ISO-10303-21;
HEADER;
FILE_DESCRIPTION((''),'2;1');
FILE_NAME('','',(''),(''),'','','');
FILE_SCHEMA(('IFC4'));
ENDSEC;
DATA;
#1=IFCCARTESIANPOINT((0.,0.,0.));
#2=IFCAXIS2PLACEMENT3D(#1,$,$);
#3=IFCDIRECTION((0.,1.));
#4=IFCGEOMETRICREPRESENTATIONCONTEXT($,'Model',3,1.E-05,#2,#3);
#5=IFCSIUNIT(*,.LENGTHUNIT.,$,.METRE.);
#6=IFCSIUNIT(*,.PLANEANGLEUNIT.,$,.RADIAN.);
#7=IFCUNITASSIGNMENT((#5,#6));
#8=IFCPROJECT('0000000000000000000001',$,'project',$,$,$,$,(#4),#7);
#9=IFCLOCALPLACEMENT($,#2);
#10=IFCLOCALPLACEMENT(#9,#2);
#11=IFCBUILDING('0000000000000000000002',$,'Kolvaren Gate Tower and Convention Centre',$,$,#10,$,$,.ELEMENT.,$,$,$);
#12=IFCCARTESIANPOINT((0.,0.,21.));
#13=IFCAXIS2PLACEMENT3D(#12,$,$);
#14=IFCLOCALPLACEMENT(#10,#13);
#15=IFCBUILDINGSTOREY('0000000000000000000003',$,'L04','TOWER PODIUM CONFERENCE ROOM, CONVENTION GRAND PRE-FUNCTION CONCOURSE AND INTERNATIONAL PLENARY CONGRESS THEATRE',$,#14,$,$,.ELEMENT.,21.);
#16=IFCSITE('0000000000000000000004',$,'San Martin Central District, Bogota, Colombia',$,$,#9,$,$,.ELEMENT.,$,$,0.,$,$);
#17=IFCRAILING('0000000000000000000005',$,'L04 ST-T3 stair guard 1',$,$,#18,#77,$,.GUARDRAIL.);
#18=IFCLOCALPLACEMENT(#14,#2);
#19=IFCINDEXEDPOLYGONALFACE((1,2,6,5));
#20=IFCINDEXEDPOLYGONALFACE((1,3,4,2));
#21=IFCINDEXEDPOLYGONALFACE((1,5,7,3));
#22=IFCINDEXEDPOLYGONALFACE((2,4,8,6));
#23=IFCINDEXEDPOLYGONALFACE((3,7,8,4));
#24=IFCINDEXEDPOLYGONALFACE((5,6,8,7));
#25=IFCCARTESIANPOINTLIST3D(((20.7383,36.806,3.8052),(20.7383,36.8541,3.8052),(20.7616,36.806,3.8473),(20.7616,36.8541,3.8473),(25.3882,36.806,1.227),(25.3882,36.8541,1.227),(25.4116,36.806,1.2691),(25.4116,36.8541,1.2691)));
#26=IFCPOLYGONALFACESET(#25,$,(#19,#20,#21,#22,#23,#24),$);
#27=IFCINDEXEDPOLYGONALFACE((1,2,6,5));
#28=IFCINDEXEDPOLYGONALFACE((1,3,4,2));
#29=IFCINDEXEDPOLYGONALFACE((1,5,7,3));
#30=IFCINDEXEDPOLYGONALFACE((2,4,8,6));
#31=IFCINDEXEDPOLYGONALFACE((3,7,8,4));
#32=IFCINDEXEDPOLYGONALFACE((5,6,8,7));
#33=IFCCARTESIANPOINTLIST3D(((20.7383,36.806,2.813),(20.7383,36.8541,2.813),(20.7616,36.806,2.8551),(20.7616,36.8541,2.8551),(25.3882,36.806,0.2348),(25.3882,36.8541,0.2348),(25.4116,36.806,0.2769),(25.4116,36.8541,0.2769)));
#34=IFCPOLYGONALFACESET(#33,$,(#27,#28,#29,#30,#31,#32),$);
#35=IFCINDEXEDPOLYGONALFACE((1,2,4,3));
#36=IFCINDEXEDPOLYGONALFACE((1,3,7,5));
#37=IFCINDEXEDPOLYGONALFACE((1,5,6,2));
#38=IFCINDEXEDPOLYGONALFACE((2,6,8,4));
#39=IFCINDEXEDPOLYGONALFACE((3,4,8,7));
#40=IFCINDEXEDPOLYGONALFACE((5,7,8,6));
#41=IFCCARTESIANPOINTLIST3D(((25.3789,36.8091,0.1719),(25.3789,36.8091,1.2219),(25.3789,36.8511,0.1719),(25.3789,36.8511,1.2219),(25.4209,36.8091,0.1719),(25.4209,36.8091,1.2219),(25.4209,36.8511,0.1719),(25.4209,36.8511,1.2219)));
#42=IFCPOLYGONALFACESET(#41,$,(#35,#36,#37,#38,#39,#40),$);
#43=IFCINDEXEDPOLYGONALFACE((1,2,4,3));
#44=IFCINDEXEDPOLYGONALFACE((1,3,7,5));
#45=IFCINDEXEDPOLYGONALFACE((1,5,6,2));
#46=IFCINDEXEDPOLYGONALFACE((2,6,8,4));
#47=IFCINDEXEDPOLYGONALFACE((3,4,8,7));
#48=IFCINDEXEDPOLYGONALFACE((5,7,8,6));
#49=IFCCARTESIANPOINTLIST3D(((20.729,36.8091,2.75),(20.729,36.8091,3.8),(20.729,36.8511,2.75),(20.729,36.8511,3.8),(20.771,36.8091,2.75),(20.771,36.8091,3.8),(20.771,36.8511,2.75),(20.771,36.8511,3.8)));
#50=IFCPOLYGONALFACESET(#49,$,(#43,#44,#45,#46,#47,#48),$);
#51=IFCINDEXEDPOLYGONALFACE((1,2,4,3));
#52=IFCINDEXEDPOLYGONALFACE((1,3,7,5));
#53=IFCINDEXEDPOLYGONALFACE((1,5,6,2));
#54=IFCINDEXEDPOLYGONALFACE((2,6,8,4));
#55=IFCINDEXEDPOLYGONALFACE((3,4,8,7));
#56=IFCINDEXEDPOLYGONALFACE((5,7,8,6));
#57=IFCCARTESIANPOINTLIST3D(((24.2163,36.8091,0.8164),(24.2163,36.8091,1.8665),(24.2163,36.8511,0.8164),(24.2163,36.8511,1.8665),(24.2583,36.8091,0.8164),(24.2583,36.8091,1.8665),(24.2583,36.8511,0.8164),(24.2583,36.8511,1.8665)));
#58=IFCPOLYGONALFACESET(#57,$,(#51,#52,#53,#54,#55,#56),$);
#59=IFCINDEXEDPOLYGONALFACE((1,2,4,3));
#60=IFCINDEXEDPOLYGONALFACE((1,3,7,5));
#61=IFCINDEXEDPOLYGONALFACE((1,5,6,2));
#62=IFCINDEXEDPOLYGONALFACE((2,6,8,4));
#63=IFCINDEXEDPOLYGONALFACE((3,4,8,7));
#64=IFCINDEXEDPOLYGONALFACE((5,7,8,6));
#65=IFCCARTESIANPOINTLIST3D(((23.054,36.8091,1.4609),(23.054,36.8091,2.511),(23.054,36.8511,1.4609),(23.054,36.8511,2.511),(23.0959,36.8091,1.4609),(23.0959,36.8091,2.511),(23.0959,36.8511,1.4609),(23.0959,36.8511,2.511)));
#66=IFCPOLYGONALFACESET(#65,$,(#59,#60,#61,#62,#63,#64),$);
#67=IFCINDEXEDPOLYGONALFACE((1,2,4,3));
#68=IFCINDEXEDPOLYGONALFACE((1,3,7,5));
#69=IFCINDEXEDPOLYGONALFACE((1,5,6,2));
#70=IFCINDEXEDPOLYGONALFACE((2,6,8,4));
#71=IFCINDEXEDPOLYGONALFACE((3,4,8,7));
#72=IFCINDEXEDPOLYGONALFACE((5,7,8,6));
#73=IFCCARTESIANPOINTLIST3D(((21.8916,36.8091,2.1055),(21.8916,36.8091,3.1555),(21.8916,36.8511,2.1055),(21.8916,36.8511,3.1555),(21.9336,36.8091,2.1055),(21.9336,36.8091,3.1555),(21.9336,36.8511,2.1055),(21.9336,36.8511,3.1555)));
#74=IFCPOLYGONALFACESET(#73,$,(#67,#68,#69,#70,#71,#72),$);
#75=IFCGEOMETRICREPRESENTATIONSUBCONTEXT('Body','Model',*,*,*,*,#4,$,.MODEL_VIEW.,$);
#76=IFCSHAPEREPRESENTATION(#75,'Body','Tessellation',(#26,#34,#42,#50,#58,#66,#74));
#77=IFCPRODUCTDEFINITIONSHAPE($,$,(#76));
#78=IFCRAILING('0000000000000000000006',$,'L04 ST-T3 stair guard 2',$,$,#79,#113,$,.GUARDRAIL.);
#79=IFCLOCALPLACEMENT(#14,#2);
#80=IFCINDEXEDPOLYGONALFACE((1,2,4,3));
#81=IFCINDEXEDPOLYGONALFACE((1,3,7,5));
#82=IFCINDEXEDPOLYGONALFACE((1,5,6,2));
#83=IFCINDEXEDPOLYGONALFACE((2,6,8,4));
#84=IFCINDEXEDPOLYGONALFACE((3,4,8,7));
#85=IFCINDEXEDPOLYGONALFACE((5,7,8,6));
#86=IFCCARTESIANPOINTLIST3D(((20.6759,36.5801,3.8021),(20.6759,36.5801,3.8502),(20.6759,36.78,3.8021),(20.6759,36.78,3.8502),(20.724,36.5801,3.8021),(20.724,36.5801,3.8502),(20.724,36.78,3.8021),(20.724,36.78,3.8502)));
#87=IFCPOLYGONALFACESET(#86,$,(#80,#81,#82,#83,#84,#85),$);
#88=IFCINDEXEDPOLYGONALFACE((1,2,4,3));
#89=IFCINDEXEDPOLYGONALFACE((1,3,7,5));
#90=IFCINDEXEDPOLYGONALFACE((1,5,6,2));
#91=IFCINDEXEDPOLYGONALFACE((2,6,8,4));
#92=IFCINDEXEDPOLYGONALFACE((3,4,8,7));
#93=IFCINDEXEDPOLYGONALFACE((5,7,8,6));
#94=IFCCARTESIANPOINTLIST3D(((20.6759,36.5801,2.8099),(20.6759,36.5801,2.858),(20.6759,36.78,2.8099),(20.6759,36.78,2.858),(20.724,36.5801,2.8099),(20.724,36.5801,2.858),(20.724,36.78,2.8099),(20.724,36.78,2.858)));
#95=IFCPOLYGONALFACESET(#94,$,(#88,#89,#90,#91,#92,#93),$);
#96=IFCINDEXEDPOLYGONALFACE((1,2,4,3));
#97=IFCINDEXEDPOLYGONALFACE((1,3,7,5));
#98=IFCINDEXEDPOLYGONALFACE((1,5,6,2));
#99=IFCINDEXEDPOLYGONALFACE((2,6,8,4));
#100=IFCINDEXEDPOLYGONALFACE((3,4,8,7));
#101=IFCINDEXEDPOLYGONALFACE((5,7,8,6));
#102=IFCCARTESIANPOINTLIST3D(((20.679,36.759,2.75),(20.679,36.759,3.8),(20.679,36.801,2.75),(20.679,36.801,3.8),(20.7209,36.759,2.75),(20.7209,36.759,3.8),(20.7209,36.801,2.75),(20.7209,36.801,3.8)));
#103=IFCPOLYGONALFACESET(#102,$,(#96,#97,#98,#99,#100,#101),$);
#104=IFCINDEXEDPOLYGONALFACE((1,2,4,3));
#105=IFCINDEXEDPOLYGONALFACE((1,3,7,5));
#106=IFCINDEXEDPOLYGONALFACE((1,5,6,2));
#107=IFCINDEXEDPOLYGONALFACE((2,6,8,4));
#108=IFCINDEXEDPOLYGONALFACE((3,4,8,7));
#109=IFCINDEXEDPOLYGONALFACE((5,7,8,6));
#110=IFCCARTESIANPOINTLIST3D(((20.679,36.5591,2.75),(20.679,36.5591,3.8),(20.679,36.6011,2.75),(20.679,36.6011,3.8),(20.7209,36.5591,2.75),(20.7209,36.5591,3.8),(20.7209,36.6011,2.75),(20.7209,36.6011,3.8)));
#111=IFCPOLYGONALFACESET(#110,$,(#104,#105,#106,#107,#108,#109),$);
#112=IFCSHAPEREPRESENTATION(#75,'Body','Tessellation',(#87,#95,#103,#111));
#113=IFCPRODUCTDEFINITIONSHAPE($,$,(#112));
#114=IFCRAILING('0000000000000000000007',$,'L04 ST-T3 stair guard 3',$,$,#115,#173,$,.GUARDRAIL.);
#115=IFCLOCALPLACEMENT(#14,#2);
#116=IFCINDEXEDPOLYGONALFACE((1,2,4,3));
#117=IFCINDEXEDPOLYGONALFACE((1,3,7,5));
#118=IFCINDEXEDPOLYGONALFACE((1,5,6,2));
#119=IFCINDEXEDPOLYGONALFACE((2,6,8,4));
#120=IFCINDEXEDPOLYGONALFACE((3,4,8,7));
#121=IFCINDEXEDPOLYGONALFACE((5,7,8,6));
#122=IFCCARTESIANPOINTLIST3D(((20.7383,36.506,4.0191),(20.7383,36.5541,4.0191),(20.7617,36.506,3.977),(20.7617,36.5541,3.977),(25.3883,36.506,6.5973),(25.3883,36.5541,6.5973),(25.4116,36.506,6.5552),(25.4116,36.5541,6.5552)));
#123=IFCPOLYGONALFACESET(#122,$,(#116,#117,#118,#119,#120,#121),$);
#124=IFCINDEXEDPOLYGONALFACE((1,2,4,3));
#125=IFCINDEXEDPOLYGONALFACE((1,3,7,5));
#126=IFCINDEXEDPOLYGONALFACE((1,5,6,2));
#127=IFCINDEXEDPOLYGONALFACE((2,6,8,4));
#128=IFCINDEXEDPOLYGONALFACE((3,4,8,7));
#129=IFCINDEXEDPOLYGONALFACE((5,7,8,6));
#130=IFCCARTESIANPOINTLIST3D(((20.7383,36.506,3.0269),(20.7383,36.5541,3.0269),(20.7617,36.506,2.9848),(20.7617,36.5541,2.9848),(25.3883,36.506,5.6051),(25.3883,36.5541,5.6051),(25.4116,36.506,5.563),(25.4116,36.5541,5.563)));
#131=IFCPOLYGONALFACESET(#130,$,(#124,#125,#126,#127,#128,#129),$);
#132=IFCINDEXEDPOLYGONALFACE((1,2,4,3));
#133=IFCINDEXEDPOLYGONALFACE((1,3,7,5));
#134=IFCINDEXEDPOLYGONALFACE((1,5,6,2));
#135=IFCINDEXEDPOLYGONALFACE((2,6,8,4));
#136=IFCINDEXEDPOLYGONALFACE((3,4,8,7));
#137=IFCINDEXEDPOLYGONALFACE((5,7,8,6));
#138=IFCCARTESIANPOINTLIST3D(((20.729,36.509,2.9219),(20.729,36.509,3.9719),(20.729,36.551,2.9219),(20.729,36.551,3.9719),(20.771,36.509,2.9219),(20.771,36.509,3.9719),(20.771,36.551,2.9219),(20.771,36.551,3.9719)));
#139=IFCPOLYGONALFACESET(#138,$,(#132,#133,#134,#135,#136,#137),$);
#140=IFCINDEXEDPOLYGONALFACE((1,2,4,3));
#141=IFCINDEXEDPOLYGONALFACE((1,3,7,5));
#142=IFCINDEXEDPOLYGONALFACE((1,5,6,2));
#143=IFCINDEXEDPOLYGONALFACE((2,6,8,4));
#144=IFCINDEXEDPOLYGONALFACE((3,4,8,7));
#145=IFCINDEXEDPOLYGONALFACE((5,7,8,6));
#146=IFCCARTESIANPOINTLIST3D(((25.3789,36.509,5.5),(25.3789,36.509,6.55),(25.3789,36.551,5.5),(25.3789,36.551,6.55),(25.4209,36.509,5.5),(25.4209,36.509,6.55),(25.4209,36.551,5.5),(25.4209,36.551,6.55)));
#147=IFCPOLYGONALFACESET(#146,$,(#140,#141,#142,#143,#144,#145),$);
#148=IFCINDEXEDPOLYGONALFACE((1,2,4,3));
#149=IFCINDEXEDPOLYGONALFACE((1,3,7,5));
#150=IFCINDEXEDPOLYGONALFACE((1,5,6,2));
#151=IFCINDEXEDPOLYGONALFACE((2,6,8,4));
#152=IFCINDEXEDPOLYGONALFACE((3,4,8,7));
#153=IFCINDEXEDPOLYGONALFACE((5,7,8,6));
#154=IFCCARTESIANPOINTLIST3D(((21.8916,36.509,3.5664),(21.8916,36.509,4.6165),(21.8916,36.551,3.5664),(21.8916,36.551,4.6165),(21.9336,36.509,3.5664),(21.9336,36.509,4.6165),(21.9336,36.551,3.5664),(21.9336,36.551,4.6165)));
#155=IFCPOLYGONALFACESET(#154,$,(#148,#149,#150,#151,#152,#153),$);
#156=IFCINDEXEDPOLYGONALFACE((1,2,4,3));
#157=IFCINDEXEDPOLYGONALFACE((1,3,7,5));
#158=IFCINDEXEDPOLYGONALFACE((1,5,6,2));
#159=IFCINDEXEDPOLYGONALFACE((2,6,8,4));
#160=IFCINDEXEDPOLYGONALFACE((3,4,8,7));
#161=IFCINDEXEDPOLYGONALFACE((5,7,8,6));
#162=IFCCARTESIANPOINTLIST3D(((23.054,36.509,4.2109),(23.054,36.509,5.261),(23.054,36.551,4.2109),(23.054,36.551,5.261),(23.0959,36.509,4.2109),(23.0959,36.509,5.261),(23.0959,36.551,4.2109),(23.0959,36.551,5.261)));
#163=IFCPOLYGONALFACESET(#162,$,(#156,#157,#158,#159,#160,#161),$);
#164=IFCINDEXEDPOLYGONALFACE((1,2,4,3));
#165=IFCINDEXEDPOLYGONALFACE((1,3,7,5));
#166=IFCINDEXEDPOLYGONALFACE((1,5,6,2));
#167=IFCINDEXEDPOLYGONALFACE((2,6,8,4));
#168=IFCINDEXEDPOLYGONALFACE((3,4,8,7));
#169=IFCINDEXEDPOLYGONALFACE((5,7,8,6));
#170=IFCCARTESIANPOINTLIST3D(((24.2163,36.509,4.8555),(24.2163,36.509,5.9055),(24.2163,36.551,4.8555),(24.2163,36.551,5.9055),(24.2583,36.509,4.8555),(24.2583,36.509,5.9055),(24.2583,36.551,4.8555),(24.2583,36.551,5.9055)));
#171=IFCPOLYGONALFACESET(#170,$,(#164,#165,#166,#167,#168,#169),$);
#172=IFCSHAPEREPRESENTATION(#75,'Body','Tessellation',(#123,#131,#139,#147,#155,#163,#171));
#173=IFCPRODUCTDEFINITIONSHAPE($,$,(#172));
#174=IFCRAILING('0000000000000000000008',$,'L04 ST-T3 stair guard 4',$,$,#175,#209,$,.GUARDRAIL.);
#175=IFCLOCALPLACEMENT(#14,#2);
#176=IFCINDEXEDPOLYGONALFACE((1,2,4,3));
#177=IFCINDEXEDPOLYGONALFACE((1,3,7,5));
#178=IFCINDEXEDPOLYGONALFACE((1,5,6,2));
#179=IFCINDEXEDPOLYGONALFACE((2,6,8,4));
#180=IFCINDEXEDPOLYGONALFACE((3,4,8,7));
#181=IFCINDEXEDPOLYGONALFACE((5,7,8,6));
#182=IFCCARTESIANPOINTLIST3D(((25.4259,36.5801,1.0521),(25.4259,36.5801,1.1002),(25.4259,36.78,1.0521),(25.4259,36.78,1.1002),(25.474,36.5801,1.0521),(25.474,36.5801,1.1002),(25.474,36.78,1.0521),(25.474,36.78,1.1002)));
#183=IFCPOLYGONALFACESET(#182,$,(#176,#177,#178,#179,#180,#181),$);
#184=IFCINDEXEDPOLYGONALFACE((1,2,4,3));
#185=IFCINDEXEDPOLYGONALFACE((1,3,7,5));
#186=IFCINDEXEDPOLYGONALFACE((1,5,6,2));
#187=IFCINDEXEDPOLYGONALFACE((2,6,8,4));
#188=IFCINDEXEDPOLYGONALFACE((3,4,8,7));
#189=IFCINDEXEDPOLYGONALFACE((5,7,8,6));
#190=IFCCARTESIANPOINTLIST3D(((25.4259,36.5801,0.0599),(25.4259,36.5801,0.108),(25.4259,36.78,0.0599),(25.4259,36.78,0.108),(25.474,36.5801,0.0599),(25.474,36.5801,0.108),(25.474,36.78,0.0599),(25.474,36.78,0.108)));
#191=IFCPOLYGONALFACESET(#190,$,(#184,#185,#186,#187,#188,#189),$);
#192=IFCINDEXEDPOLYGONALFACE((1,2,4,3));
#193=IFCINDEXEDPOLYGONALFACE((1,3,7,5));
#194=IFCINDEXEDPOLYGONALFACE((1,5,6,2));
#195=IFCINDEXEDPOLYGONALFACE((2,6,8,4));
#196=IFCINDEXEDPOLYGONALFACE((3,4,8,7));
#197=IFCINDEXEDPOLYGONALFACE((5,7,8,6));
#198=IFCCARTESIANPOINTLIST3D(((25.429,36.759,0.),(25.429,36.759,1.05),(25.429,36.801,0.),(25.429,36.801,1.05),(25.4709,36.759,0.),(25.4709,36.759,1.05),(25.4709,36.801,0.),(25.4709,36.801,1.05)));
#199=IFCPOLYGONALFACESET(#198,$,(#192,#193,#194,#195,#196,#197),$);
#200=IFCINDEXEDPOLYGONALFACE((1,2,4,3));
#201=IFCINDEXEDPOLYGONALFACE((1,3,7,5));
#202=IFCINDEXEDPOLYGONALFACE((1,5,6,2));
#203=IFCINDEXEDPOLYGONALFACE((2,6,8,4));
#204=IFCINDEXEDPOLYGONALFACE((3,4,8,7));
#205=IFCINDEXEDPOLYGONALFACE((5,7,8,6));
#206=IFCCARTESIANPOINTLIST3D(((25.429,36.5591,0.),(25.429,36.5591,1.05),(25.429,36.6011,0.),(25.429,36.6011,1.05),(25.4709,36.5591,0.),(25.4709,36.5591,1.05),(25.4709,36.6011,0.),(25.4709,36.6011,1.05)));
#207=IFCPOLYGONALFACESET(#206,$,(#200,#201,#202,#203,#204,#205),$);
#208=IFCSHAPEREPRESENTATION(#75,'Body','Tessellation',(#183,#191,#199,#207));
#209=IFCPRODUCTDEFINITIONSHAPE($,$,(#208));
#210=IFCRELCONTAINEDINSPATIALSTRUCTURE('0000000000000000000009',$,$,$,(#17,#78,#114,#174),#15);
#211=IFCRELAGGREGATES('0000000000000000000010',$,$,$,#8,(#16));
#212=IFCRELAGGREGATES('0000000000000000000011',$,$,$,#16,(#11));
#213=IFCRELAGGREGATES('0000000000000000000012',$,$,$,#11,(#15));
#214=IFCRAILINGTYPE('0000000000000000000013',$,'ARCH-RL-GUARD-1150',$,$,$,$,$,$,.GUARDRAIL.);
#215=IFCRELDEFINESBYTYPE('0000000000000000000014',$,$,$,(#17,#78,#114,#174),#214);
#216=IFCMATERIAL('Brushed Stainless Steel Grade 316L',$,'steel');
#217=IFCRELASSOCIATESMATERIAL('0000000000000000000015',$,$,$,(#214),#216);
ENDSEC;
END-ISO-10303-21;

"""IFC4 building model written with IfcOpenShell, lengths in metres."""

from ifc_helpers import new_model, si_unit, direction, frame, origin, origin_2d, place, context, subcontext, project, spatial, rectangle, extrude, material, type_object, element, save


model = new_model("IFC4")

# Units and contexts
model_context = context("Model", 3, precision=1e-05, world=origin(), true_north=direction((0.0, 1.0)))
body_context = subcontext(model_context, "Body", "Model", "MODEL_VIEW")
ifc_project = project(units=[si_unit("LENGTHUNIT", "METRE"), si_unit("PLANEANGLEUNIT", "RADIAN")], contexts=[model_context])

# Site, building, storey
site_placement = place(None, origin())
site = spatial("IfcSite", under=ifc_project, at=site_placement, Name="San Martin Central District, Bogota, Colombia", CompositionType="ELEMENT", RefElevation=0.0)
building_placement = place(site_placement, origin())
building = spatial("IfcBuilding", under=site, at=building_placement, Name="Kolvaren Gate Tower and Convention Centre", CompositionType="ELEMENT")
storey_placement = place(building_placement, frame((0.0, 0.0, 21.0)))
storey = spatial("IfcBuildingStorey", under=building, at=storey_placement, Name="L04", Description="TOWER PODIUM CONFERENCE ROOM, CONVENTION GRAND PRE-FUNCTION CONCOURSE AND INTERNATIONAL PLENARY CONGRESS THEATRE", CompositionType="ELEMENT", Elevation=21.0)

# Railings
ifc_material_1 = material(Name="Brushed Stainless Steel Grade 316L", Category="steel")
railing_type_1 = type_object("IfcRailingType", Name="ARCH-RL-GUARD-1150", PredefinedType="GUARDRAIL", material=ifc_material_1)
railing_1_placement = place(storey_placement, frame((25.3999, 36.8301, 0.1719)))
element("IfcRailing", 1, at=railing_1_placement, inside=storey, type_object=railing_type_1, Name="L04 ST-T3 stair guard 1", PredefinedType="GUARDRAIL", context=body_context, shape_type="SweptSolid", body=[
    extrude(rectangle(XDim=0.0481, YDim=0.0481, at=origin_2d()), frame((0.0, 0.0, 1.0762), z_axis=(-0.874568, 0.0, 0.484902), x_axis=(0.0, -1.0, 0.0)), (0.0, 0.0, 1.0), 5.3169),
    extrude(rectangle(XDim=0.0481, YDim=0.0481, at=origin_2d()), frame((0.0, 0.0, 0.084), z_axis=(-0.874568, 0.0, 0.484902), x_axis=(0.0, -1.0, 0.0)), (0.0, 0.0, 1.0), 5.3169),
    extrude(rectangle(XDim=0.042, YDim=0.042, at=origin_2d()), origin(), (0.0, 0.0, 1.0), 1.05),
    extrude(rectangle(XDim=0.042, YDim=0.042, at=origin_2d()), frame((-4.6499, 0.0, 2.5781)), (0.0, 0.0, 1.0), 1.05),
    extrude(rectangle(XDim=0.042, YDim=0.042, at=origin_2d()), frame((-1.1626, 0.0, 0.6445)), (0.0, 0.0, 1.0), 1.05),
    extrude(rectangle(XDim=0.042, YDim=0.042, at=origin_2d()), frame((-2.325, 0.0, 1.2891)), (0.0, 0.0, 1.0), 1.05),
    extrude(rectangle(XDim=0.042, YDim=0.042, at=origin_2d()), frame((-3.4873, 0.0, 1.9336)), (0.0, 0.0, 1.0), 1.05),
])
railing_2_placement = place(storey_placement, frame((20.7, 36.78, 2.75)))
element("IfcRailing", 2, at=railing_2_placement, inside=storey, type_object=railing_type_1, Name="L04 ST-T3 stair guard 2", PredefinedType="GUARDRAIL", context=body_context, shape_type="SweptSolid", body=[
    extrude(rectangle(XDim=0.0481, YDim=0.0481, at=origin_2d()), frame((0.0, 0.0, 1.0762), z_axis=(0.0, -1.0, 0.0), x_axis=(1.0, 0.0, 0.0)), (0.0, 0.0, 1.0), 0.2),
    extrude(rectangle(XDim=0.0481, YDim=0.0481, at=origin_2d()), frame((0.0, 0.0, 0.084), z_axis=(0.0, -1.0, 0.0), x_axis=(1.0, 0.0, 0.0)), (0.0, 0.0, 1.0), 0.2),
    extrude(rectangle(XDim=0.042, YDim=0.042, at=origin_2d()), origin(), (0.0, 0.0, 1.0), 1.05),
    extrude(rectangle(XDim=0.042, YDim=0.042, at=origin_2d()), frame((0.0, -0.2, 0.0)), (0.0, 0.0, 1.0), 1.05),
])
railing_3_placement = place(storey_placement, frame((20.75, 36.53, 2.9219)))
element("IfcRailing", 3, at=railing_3_placement, inside=storey, type_object=railing_type_1, Name="L04 ST-T3 stair guard 3", PredefinedType="GUARDRAIL", context=body_context, shape_type="SweptSolid", body=[
    extrude(rectangle(XDim=0.0481, YDim=0.0481, at=origin_2d()), frame((0.0, 0.0, 1.0762), z_axis=(0.874568, 0.0, 0.484902), x_axis=(0.0, 1.0, 0.0)), (0.0, 0.0, 1.0), 5.3169),
    extrude(rectangle(XDim=0.0481, YDim=0.0481, at=origin_2d()), frame((0.0, 0.0, 0.084), z_axis=(0.874568, 0.0, 0.484902), x_axis=(0.0, 1.0, 0.0)), (0.0, 0.0, 1.0), 5.3169),
    extrude(rectangle(XDim=0.042, YDim=0.042, at=origin_2d()), origin(), (0.0, 0.0, 1.0), 1.05),
    extrude(rectangle(XDim=0.042, YDim=0.042, at=origin_2d()), frame((4.6499, 0.0, 2.5781)), (0.0, 0.0, 1.0), 1.05),
    extrude(rectangle(XDim=0.042, YDim=0.042, at=origin_2d()), frame((1.1626, 0.0, 0.6445)), (0.0, 0.0, 1.0), 1.05),
    extrude(rectangle(XDim=0.042, YDim=0.042, at=origin_2d()), frame((2.325, 0.0, 1.2891)), (0.0, 0.0, 1.0), 1.05),
    extrude(rectangle(XDim=0.042, YDim=0.042, at=origin_2d()), frame((3.4873, 0.0, 1.9336)), (0.0, 0.0, 1.0), 1.05),
])
railing_4_placement = place(storey_placement, frame((25.45, 36.78, 0.0)))
element("IfcRailing", 4, at=railing_4_placement, inside=storey, type_object=railing_type_1, Name="L04 ST-T3 stair guard 4", PredefinedType="GUARDRAIL", context=body_context, shape_type="SweptSolid", body=[
    extrude(rectangle(XDim=0.0481, YDim=0.0481, at=origin_2d()), frame((0.0, 0.0, 1.0762), z_axis=(0.0, -1.0, 0.0), x_axis=(1.0, 0.0, 0.0)), (0.0, 0.0, 1.0), 0.2),
    extrude(rectangle(XDim=0.0481, YDim=0.0481, at=origin_2d()), frame((0.0, 0.0, 0.084), z_axis=(0.0, -1.0, 0.0), x_axis=(1.0, 0.0, 0.0)), (0.0, 0.0, 1.0), 0.2),
    extrude(rectangle(XDim=0.042, YDim=0.042, at=origin_2d()), origin(), (0.0, 0.0, 1.0), 1.05),
    extrude(rectangle(XDim=0.042, YDim=0.042, at=origin_2d()), frame((0.0, -0.2, 0.0)), (0.0, 0.0, 1.0), 1.05),
])

save(model, "model.ifc")
